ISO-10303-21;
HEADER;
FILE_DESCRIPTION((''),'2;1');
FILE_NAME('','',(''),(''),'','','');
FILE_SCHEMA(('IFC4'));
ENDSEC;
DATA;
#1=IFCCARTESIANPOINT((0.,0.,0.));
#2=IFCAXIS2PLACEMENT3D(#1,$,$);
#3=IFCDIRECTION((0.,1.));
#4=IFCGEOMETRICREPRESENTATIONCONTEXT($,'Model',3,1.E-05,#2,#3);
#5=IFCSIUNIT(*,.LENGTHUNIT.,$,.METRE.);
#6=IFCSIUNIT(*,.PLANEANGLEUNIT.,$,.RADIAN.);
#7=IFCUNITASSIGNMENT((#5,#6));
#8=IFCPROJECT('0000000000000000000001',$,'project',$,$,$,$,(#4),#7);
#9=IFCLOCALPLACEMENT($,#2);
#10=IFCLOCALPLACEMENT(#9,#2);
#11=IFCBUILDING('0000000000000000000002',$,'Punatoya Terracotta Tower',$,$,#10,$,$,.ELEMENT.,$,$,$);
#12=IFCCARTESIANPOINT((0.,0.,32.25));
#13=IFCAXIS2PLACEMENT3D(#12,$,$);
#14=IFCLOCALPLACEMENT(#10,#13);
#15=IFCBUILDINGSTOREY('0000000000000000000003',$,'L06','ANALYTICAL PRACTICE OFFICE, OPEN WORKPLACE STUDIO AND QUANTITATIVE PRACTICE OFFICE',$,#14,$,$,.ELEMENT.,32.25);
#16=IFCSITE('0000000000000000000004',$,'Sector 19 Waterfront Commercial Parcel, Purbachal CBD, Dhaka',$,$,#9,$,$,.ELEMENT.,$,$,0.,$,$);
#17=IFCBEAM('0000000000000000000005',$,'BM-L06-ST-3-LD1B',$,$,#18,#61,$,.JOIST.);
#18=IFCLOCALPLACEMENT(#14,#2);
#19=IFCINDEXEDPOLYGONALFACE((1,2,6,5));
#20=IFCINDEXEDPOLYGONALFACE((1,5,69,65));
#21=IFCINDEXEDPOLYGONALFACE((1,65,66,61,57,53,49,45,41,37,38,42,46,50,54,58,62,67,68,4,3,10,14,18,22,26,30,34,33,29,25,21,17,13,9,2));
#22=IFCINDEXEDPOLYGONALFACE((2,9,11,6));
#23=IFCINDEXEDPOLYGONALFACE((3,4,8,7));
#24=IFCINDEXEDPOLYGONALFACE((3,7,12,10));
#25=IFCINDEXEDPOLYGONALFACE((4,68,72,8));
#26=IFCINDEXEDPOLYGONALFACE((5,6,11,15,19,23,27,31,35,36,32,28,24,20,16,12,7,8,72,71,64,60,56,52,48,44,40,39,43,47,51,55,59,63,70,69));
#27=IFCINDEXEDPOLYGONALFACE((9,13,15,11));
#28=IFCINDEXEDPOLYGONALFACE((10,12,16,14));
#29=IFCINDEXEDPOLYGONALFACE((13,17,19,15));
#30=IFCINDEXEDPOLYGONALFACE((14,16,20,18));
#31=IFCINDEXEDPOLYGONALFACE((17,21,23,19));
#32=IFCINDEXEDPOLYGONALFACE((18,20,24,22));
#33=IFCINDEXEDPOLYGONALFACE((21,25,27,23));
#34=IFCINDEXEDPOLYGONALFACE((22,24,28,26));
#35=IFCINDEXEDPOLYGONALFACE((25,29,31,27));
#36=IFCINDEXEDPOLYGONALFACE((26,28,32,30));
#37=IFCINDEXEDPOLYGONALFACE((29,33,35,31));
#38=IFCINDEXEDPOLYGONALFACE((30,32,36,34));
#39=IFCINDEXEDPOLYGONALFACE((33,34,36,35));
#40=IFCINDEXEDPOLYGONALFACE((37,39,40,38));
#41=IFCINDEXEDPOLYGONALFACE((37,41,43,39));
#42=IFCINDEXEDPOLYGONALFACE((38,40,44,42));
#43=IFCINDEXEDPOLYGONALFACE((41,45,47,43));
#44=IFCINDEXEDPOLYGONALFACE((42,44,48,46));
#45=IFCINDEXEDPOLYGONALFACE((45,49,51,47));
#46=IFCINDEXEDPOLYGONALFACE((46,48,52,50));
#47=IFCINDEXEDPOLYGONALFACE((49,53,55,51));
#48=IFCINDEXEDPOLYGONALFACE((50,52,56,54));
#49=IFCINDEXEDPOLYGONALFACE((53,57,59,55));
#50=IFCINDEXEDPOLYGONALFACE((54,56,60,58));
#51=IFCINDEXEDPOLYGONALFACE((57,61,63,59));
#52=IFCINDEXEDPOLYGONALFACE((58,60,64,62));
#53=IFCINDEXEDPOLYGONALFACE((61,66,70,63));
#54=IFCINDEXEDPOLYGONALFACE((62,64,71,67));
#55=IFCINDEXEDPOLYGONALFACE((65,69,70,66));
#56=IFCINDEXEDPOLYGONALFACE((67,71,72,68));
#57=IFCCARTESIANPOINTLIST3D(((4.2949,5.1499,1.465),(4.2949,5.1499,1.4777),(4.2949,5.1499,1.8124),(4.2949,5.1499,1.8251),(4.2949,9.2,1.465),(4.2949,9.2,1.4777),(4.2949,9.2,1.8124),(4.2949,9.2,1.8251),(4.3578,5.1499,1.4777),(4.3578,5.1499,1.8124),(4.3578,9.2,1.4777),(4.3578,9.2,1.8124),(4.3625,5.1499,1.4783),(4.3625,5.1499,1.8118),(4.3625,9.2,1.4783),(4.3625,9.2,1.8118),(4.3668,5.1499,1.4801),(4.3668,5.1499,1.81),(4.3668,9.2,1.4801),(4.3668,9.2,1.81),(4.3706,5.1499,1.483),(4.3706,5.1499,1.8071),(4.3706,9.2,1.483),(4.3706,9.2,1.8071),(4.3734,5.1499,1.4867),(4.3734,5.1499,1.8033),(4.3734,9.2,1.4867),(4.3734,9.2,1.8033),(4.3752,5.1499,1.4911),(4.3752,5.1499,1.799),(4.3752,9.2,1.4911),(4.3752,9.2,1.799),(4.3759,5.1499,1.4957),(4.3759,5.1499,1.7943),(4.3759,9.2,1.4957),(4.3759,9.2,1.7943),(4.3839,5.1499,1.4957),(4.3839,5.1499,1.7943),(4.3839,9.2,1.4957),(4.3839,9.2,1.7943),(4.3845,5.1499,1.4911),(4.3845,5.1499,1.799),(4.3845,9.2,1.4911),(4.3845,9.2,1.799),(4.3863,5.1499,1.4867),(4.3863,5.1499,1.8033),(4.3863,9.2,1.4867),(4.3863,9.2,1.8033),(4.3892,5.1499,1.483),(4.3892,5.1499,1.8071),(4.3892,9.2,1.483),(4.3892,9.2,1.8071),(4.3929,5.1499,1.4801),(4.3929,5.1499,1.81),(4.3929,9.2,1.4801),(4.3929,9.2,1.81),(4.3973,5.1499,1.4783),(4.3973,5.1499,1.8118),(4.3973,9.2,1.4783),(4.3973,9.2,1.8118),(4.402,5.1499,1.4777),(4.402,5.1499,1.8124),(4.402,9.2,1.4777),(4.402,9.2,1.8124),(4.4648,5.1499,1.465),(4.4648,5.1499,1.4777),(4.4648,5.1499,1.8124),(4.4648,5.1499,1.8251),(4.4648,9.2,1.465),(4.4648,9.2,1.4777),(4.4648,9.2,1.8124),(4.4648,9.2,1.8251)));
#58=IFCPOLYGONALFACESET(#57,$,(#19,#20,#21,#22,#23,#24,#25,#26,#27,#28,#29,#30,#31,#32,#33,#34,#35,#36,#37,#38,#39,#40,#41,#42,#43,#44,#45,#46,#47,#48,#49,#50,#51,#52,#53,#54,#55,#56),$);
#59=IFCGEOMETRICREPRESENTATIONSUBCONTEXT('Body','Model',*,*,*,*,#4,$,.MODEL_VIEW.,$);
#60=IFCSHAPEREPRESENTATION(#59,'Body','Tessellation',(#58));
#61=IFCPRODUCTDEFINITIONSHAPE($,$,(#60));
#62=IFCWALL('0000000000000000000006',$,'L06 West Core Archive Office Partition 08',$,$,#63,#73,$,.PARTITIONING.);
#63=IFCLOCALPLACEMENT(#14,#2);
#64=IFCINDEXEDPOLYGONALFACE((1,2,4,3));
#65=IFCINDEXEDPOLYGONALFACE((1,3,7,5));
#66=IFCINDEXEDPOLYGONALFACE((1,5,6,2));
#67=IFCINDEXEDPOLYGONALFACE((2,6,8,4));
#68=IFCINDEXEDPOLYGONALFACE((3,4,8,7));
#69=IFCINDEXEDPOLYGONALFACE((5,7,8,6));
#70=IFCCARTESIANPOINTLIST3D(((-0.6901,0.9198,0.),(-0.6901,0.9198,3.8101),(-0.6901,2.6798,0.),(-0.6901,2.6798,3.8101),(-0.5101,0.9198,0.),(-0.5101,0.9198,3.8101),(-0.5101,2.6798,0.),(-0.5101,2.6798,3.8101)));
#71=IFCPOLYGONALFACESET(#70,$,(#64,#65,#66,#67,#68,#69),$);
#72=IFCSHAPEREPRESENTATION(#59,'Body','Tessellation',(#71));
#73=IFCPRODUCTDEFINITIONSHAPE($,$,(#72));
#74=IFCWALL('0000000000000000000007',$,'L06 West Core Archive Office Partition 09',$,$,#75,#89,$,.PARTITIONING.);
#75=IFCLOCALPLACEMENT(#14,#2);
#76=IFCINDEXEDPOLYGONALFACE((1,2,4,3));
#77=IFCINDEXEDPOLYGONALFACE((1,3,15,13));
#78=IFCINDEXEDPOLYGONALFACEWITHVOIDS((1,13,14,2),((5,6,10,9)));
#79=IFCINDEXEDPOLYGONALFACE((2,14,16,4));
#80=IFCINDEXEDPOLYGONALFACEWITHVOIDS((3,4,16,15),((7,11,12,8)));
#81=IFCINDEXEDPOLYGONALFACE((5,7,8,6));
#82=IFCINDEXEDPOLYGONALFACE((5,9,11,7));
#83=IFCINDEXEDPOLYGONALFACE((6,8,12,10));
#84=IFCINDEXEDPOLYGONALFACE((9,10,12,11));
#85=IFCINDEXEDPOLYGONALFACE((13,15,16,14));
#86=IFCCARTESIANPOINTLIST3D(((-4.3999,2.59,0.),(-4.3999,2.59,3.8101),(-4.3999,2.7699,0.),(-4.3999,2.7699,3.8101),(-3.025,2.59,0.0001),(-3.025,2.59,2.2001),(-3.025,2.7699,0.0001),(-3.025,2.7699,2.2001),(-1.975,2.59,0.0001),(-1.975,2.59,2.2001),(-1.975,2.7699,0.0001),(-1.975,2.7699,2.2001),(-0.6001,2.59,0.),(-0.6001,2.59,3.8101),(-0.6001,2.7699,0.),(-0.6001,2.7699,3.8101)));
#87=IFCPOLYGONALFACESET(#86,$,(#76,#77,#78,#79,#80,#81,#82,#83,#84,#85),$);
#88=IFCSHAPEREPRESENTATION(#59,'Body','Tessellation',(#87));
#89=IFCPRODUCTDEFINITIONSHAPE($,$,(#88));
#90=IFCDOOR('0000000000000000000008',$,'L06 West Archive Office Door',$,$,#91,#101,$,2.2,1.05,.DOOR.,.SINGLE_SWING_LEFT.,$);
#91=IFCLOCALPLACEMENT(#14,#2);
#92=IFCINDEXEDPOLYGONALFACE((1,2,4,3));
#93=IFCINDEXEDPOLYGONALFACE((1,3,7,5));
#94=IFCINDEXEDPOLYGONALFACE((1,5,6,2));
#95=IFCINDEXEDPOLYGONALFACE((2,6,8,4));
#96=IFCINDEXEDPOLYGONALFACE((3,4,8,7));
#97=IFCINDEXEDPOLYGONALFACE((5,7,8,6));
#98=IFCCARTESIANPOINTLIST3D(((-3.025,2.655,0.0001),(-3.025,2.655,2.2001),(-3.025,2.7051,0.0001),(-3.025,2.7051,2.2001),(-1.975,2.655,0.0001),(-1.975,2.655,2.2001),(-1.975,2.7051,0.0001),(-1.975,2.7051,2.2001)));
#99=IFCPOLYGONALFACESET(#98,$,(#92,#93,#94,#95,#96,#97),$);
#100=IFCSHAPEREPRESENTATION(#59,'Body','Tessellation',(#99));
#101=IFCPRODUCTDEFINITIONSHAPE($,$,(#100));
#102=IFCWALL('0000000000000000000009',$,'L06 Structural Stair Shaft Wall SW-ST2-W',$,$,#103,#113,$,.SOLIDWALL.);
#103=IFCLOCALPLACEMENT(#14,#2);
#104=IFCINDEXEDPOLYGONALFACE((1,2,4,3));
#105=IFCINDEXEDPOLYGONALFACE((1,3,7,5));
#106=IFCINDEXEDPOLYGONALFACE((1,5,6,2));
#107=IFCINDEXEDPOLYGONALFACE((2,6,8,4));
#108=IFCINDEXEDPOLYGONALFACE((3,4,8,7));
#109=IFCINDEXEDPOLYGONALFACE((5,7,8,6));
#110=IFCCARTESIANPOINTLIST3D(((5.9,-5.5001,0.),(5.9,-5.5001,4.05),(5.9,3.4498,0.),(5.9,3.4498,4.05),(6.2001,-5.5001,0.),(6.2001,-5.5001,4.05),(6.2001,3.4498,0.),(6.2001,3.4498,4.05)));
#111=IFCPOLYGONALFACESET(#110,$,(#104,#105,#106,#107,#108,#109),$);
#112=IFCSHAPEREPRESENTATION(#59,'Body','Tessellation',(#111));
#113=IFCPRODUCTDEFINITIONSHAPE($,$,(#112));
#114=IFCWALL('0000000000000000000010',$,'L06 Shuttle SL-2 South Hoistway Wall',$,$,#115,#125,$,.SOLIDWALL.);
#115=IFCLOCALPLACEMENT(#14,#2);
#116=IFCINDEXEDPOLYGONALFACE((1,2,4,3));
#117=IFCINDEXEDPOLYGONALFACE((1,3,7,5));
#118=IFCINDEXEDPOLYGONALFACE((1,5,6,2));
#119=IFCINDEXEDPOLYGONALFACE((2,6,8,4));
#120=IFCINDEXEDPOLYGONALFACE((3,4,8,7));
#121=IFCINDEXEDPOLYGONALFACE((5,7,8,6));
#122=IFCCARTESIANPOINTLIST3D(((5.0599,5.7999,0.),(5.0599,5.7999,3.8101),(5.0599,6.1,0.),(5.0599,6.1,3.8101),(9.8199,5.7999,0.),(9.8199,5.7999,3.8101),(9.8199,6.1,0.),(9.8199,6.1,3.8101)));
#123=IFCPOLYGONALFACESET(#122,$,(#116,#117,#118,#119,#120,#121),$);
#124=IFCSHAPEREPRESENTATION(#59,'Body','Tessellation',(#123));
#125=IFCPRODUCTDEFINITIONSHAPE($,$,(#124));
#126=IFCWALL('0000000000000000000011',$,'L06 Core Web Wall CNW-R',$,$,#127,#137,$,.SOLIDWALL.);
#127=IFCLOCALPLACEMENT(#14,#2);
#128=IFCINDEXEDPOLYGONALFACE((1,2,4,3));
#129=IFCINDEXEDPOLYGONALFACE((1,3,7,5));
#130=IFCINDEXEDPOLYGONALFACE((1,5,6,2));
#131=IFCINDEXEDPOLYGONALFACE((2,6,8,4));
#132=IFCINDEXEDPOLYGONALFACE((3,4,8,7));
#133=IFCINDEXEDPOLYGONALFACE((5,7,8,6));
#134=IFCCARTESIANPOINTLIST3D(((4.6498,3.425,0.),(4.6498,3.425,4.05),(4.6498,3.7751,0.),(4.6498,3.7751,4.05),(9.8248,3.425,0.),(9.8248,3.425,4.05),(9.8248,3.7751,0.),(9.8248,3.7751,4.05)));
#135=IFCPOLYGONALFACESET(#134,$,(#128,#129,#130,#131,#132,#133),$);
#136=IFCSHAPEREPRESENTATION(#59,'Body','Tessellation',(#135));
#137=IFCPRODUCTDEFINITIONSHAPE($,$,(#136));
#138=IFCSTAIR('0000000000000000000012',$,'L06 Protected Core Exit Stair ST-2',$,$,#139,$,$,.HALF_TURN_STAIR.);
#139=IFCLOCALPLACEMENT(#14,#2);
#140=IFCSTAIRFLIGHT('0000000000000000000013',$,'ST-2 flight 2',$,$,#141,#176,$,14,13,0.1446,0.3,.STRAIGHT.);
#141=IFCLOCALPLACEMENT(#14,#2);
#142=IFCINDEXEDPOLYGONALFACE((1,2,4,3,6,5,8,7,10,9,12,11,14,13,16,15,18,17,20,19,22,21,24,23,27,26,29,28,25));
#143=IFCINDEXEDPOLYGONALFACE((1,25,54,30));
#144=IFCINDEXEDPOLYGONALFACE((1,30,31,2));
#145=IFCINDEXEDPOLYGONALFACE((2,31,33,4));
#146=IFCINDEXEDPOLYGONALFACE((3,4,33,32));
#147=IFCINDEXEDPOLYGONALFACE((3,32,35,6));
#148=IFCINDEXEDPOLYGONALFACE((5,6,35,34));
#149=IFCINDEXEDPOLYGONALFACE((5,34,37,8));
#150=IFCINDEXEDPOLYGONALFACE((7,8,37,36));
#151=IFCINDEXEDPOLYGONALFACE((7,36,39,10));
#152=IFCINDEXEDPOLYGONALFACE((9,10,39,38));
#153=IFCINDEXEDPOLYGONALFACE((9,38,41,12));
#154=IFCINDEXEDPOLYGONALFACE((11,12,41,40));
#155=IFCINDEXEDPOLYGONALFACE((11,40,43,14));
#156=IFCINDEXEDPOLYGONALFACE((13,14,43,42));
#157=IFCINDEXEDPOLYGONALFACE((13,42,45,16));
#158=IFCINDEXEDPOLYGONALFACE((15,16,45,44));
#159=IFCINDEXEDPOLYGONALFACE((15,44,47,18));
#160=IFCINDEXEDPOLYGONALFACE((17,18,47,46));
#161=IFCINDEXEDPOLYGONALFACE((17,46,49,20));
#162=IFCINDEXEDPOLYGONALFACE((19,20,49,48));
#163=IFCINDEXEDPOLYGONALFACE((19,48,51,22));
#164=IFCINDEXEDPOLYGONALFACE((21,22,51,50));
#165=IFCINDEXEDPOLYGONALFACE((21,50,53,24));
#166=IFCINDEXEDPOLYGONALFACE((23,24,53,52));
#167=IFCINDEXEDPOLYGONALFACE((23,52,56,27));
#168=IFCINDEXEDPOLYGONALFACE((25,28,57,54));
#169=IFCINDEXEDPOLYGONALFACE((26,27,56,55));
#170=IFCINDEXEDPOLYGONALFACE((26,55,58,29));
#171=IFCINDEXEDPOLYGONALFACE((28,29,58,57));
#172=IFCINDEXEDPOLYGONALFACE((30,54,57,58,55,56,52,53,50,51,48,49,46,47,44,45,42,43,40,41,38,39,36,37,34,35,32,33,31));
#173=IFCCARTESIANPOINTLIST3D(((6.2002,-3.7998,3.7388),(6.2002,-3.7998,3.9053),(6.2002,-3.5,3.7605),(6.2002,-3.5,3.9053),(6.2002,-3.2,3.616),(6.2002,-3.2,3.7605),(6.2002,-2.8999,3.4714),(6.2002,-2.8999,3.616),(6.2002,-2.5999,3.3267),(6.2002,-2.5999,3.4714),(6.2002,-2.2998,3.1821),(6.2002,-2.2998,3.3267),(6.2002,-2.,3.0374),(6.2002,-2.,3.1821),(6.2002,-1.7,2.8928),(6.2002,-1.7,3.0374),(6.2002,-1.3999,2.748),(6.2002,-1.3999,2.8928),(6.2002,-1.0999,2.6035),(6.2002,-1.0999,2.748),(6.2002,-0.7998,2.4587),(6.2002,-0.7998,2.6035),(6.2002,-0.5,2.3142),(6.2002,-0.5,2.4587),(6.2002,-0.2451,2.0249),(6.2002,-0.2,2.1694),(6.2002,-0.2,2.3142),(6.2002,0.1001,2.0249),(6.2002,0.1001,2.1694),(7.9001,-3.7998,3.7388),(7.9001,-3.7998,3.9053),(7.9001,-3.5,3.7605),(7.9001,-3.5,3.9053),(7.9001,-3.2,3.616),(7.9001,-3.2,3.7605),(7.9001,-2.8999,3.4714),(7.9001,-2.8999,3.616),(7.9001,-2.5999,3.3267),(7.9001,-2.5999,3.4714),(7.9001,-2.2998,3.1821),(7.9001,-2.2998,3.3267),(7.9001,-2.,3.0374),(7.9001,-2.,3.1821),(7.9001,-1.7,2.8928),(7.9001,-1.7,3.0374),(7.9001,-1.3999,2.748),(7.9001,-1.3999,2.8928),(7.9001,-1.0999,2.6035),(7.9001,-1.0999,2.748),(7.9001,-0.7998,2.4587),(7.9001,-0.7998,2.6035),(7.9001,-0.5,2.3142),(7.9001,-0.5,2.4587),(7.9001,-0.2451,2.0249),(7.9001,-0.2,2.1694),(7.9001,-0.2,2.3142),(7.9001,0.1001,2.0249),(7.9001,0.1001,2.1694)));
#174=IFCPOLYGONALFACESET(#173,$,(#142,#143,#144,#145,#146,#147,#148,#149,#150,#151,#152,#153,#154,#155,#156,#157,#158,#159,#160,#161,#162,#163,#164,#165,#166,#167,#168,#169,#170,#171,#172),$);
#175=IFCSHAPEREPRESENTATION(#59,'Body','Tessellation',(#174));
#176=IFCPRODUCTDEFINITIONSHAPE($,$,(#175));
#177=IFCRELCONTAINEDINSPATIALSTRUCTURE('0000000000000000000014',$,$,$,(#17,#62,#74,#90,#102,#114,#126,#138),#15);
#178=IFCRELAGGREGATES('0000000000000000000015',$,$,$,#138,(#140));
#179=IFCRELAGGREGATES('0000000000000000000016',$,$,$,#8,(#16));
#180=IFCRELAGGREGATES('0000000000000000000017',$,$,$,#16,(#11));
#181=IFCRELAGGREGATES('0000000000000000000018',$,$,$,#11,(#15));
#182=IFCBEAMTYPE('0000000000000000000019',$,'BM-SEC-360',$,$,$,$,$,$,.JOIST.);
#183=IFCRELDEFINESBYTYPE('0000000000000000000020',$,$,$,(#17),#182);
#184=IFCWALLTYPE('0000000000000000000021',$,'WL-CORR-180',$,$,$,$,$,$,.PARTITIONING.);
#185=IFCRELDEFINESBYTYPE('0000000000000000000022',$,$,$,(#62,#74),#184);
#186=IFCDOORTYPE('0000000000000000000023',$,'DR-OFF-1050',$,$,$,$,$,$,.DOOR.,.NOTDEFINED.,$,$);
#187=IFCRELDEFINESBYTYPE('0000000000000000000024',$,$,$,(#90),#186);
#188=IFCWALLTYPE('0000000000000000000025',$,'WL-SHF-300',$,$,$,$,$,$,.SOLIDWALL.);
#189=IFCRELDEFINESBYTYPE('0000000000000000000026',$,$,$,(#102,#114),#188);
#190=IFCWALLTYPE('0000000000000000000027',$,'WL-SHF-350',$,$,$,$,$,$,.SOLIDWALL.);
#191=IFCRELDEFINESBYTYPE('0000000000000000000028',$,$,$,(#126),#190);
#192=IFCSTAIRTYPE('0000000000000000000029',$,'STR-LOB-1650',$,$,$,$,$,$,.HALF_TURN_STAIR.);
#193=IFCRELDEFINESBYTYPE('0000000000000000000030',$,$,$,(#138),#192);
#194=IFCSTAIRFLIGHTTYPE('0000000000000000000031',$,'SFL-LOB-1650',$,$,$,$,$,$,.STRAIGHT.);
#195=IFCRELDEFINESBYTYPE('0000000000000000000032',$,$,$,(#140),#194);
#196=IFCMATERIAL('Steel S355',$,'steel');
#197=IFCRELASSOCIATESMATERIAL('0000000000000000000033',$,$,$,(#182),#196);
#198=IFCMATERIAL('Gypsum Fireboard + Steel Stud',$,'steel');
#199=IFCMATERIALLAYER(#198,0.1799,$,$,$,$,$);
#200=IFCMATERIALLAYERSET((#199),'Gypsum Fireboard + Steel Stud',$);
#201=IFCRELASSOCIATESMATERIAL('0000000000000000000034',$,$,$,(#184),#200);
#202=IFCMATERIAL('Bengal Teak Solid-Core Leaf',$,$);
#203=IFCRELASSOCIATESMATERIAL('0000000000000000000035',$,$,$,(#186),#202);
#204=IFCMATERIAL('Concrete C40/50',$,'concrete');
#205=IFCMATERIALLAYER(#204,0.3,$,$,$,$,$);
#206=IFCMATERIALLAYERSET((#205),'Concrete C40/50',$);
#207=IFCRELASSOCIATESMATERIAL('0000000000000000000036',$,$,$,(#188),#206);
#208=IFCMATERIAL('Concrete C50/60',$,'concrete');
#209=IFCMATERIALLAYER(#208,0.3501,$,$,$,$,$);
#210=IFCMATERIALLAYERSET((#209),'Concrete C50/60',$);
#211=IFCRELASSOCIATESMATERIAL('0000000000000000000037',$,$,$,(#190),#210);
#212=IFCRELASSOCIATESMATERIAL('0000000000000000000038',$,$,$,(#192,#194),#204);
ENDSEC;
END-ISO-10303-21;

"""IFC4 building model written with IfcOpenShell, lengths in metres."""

from ifc_helpers import new_model, si_unit, direction, frame, frame_2d, origin, origin_2d, place, context, subcontext, project, spatial, polyline, rectangle, i_section, outline, extrude, material, layer, layer_set, material_profile, profile_set, type_object, element, fill, aggregate, save


model = new_model("IFC4")

# Units and contexts
model_context = context("Model", 3, precision=1e-05, world=origin(), true_north=direction((0.0, 1.0)))
body_context = subcontext(model_context, "Body", "Model", "MODEL_VIEW")
ifc_project = project(units=[si_unit("LENGTHUNIT", "METRE"), si_unit("PLANEANGLEUNIT", "RADIAN")], contexts=[model_context])

# Site, building, storey
site_placement = place(None, origin())
site = spatial("IfcSite", under=ifc_project, at=site_placement, Name="Sector 19 Waterfront Commercial Parcel, Purbachal CBD, Dhaka", CompositionType="ELEMENT", RefElevation=0.0)
building_placement = place(site_placement, origin())
building = spatial("IfcBuilding", under=site, at=building_placement, Name="Punatoya Terracotta Tower", CompositionType="ELEMENT")
storey_placement = place(building_placement, frame((0.0, 0.0, 32.25)))
storey = spatial("IfcBuildingStorey", under=building, at=storey_placement, Name="L06", Description="ANALYTICAL PRACTICE OFFICE, OPEN WORKPLACE STUDIO AND QUANTITATIVE PRACTICE OFFICE", CompositionType="ELEMENT", Elevation=32.25)

# Beam
ifc_material_1 = material(Name="Steel S355", Category="steel")
ifc_material_profile_1 = material_profile(ifc_material_1, i_section(OverallWidth=0.1699, OverallDepth=0.3601, WebThickness=0.0081, FlangeThickness=0.0127, FilletRadius=0.0181, at=origin_2d()))
ifc_profile_set_1 = profile_set([ifc_material_profile_1], Name="Steel S355")
beam_type_1 = type_object("IfcBeamType", Name="BM-SEC-360", PredefinedType="JOIST", material=ifc_profile_set_1)
for number, where, z_axis, x_axis, name in (
    (1, (4.3799, 5.1499, 1.645), (0.0, 1.0, 0.0), (-1.0, 0.0, 0.0), "BM-L06-ST-3-LD1B"),
):
    element("IfcBeam", number, at=place(storey_placement, frame(where, z_axis=z_axis, x_axis=x_axis)), inside=storey, type_object=beam_type_1, Name=name, PredefinedType="JOIST", context=body_context, shape_type="SweptSolid", body=[
        extrude(i_section(OverallWidth=0.1699, OverallDepth=0.3601, WebThickness=0.0081, FlangeThickness=0.0127, FilletRadius=0.0181, at=origin_2d()), origin(), (0.0, 0.0, 1.0), 4.05),
    ])

# Wall
ifc_material_2 = material(Name="Gypsum Fireboard + Steel Stud", Category="steel")
ifc_layer_1 = layer(ifc_material_2, 0.1799)
ifc_layer_set_1 = layer_set([ifc_layer_1], Name="Gypsum Fireboard + Steel Stud")
wall_type_1 = type_object("IfcWallType", Name="WL-CORR-180", PredefinedType="PARTITIONING", material=ifc_layer_set_1)
wall_1_placement = place(storey_placement, frame((-0.6001, 0.9199, 0.0), z_axis=(0.0, 0.0, 1.0), x_axis=(0.0, 1.0, 0.0)))
element("IfcWall", 2, at=wall_1_placement, inside=storey, type_object=wall_type_1, Name="L06 West Core Archive Office Partition 08", PredefinedType="PARTITIONING", context=body_context, shape_type="SweptSolid", body=[
    extrude(rectangle(XDim=1.76, YDim=0.1799, at=frame_2d((0.8799, 0.0))), origin(), (0.0, 0.0, 1.0), 3.8101),
])

# Wall, opening, door
wall_2_placement = place(storey_placement, frame((-0.6001, 2.6799, 0.0), z_axis=(0.0, 0.0, 1.0), x_axis=(-1.0, 0.0, 0.0)))
wall_2 = element("IfcWall", 3, at=wall_2_placement, inside=storey, type_object=wall_type_1, Name="L06 West Core Archive Office Partition 09", PredefinedType="PARTITIONING", context=body_context, shape_type="SweptSolid", body=[
    extrude(rectangle(XDim=3.7998, YDim=0.1799, at=frame_2d((1.8999, 0.0))), origin(), (0.0, 0.0, 1.0), 3.8101),
])
opening_placement = place(wall_2_placement, frame((1.375, 0.0, 0.0)))
opening = element("IfcOpeningElement", 4, at=opening_placement, cuts=wall_2, PredefinedType="OPENING", context=body_context, shape_type="SweptSolid", body=[
    extrude(rectangle(XDim=1.05, YDim=2.2, at=frame_2d((0.5249, 1.1001))), frame((0.0, 0.0999, 0.0), z_axis=(0.0, -1.0, 0.0), x_axis=(1.0, 0.0, 0.0)), (0.0, 0.0, 1.0), 0.2),
])
ifc_material_3 = material(Name="Bengal Teak Solid-Core Leaf")
door_type = type_object("IfcDoorType", Name="DR-OFF-1050", OperationType="NOTDEFINED", PredefinedType="DOOR", material=ifc_material_3)
door_placement = place(opening_placement, origin())
door = element("IfcDoor", 5, at=door_placement, inside=storey, type_object=door_type, Name="L06 West Archive Office Door", OperationType="SINGLE_SWING_LEFT", OverallHeight=2.2, OverallWidth=1.05, PredefinedType="DOOR", context=body_context, shape_type="SweptSolid", body=[
    extrude(rectangle(XDim=1.05, YDim=2.2, at=frame_2d((0.5249, 1.1001))), frame((0.0, 0.0249, 0.0), z_axis=(0.0, -1.0, 0.0), x_axis=(1.0, 0.0, 0.0)), (0.0, 0.0, 1.0), 0.05),
])
fill(opening, door)

# Walls
ifc_material_4 = material(Name="Concrete C40/50", Category="concrete")
ifc_layer_2 = layer(ifc_material_4, 0.3)
ifc_layer_set_2 = layer_set([ifc_layer_2], Name="Concrete C40/50")
wall_type_2 = type_object("IfcWallType", Name="WL-SHF-300", PredefinedType="SOLIDWALL", material=ifc_layer_set_2)
wall_3_placement = place(storey_placement, frame((6.05, 3.45, 0.0), z_axis=(0.0, 0.0, 1.0), x_axis=(0.0, -1.0, 0.0)))
element("IfcWall", 6, at=wall_3_placement, inside=storey, type_object=wall_type_2, Name="L06 Structural Stair Shaft Wall SW-ST2-W", PredefinedType="SOLIDWALL", context=body_context, shape_type="SweptSolid", body=[
    extrude(rectangle(XDim=8.95, YDim=0.3, at=frame_2d((4.4751, 0.0))), origin(), (0.0, 0.0, 1.0), 4.05),
])
wall_4_placement = place(storey_placement, frame((5.0601, 5.95, 0.0), z_axis=(0.0, 0.0, 1.0), x_axis=(1.0, 0.0, 0.0)))
element("IfcWall", 7, at=wall_4_placement, inside=storey, type_object=wall_type_2, Name="L06 Shuttle SL-2 South Hoistway Wall", PredefinedType="SOLIDWALL", context=body_context, shape_type="SweptSolid", body=[
    extrude(rectangle(XDim=4.76, YDim=0.3, at=frame_2d((2.3799, 0.0))), origin(), (0.0, 0.0, 1.0), 3.8101),
])
ifc_material_5 = material(Name="Concrete C50/60", Category="concrete")
ifc_layer_3 = layer(ifc_material_5, 0.3501)
ifc_layer_set_3 = layer_set([ifc_layer_3], Name="Concrete C50/60")
wall_type_3 = type_object("IfcWallType", Name="WL-SHF-350", PredefinedType="SOLIDWALL", material=ifc_layer_set_3)
wall_5_placement = place(storey_placement, frame((4.6499, 3.6001, 0.0), z_axis=(0.0, 0.0, 1.0), x_axis=(1.0, 0.0, 0.0)))
element("IfcWall", 8, at=wall_5_placement, inside=storey, type_object=wall_type_3, Name="L06 Core Web Wall CNW-R", PredefinedType="SOLIDWALL", context=body_context, shape_type="SweptSolid", body=[
    extrude(rectangle(XDim=5.175, YDim=0.3501, at=frame_2d((2.5874, 0.0))), origin(), (0.0, 0.0, 1.0), 4.05),
])

# Stair, stair flight
stair_type = type_object("IfcStairType", Name="STR-LOB-1650", PredefinedType="HALF_TURN_STAIR", material=ifc_material_4)
stair_placement = place(storey_placement, origin())
stair = element("IfcStair", 9, at=stair_placement, inside=storey, type_object=stair_type, Name="L06 Protected Core Exit Stair ST-2", PredefinedType="HALF_TURN_STAIR")
stair_flight_type = type_object("IfcStairFlightType", Name="SFL-LOB-1650", PredefinedType="STRAIGHT", material=ifc_material_4)
stair_flight_placement = place(storey_placement, frame((7.05, 0.1001, 2.0249), z_axis=(0.0, 0.0, 1.0), x_axis=(0.0, -1.0, 0.0)))
stair_flight = element("IfcStairFlight", 10, at=stair_flight_placement, type_object=stair_flight_type, Name="ST-2 flight 2", NumberOfRisers=14, NumberOfTreads=13, PredefinedType="STRAIGHT", RiserHeight=0.1446, TreadLength=0.3, context=body_context, shape_type="SweptSolid", body=[
    extrude(outline(polyline([(0.0, 0.0), (0.0, 0.1445), (0.3, 0.1445), (0.3, 0.2893), (0.6001, 0.2893), (0.6001, 0.4338), (0.8999, 0.4338), (0.8999, 0.5786), (1.2, 0.5786), (1.2, 0.7231), (1.5, 0.7231), (1.5, 0.8679), (1.8, 0.8679), (1.8, 1.0125), (2.1001, 1.0125), (2.1001, 1.1572), (2.3999, 1.1572), (2.3999, 1.3018), (2.7, 1.3018), (2.7, 1.4465), (3.0, 1.4465), (3.0, 1.5911), (3.3, 1.5911), (3.3, 1.7356), (3.6001, 1.7356), (3.6001, 1.8804), (3.8999, 1.8804), (3.8999, 2.0249), (3.8999, 1.7139), (0.3452, 0.0), (0.0, 0.0)])), frame((0.0, 0.8501, 0.0), z_axis=(0.0, -1.0, 0.0), x_axis=(1.0, 0.0, 0.0)), (0.0, 0.0, 1.0), 1.7),
])
aggregate(stair, [stair_flight])

save(model, "model.ifc")
